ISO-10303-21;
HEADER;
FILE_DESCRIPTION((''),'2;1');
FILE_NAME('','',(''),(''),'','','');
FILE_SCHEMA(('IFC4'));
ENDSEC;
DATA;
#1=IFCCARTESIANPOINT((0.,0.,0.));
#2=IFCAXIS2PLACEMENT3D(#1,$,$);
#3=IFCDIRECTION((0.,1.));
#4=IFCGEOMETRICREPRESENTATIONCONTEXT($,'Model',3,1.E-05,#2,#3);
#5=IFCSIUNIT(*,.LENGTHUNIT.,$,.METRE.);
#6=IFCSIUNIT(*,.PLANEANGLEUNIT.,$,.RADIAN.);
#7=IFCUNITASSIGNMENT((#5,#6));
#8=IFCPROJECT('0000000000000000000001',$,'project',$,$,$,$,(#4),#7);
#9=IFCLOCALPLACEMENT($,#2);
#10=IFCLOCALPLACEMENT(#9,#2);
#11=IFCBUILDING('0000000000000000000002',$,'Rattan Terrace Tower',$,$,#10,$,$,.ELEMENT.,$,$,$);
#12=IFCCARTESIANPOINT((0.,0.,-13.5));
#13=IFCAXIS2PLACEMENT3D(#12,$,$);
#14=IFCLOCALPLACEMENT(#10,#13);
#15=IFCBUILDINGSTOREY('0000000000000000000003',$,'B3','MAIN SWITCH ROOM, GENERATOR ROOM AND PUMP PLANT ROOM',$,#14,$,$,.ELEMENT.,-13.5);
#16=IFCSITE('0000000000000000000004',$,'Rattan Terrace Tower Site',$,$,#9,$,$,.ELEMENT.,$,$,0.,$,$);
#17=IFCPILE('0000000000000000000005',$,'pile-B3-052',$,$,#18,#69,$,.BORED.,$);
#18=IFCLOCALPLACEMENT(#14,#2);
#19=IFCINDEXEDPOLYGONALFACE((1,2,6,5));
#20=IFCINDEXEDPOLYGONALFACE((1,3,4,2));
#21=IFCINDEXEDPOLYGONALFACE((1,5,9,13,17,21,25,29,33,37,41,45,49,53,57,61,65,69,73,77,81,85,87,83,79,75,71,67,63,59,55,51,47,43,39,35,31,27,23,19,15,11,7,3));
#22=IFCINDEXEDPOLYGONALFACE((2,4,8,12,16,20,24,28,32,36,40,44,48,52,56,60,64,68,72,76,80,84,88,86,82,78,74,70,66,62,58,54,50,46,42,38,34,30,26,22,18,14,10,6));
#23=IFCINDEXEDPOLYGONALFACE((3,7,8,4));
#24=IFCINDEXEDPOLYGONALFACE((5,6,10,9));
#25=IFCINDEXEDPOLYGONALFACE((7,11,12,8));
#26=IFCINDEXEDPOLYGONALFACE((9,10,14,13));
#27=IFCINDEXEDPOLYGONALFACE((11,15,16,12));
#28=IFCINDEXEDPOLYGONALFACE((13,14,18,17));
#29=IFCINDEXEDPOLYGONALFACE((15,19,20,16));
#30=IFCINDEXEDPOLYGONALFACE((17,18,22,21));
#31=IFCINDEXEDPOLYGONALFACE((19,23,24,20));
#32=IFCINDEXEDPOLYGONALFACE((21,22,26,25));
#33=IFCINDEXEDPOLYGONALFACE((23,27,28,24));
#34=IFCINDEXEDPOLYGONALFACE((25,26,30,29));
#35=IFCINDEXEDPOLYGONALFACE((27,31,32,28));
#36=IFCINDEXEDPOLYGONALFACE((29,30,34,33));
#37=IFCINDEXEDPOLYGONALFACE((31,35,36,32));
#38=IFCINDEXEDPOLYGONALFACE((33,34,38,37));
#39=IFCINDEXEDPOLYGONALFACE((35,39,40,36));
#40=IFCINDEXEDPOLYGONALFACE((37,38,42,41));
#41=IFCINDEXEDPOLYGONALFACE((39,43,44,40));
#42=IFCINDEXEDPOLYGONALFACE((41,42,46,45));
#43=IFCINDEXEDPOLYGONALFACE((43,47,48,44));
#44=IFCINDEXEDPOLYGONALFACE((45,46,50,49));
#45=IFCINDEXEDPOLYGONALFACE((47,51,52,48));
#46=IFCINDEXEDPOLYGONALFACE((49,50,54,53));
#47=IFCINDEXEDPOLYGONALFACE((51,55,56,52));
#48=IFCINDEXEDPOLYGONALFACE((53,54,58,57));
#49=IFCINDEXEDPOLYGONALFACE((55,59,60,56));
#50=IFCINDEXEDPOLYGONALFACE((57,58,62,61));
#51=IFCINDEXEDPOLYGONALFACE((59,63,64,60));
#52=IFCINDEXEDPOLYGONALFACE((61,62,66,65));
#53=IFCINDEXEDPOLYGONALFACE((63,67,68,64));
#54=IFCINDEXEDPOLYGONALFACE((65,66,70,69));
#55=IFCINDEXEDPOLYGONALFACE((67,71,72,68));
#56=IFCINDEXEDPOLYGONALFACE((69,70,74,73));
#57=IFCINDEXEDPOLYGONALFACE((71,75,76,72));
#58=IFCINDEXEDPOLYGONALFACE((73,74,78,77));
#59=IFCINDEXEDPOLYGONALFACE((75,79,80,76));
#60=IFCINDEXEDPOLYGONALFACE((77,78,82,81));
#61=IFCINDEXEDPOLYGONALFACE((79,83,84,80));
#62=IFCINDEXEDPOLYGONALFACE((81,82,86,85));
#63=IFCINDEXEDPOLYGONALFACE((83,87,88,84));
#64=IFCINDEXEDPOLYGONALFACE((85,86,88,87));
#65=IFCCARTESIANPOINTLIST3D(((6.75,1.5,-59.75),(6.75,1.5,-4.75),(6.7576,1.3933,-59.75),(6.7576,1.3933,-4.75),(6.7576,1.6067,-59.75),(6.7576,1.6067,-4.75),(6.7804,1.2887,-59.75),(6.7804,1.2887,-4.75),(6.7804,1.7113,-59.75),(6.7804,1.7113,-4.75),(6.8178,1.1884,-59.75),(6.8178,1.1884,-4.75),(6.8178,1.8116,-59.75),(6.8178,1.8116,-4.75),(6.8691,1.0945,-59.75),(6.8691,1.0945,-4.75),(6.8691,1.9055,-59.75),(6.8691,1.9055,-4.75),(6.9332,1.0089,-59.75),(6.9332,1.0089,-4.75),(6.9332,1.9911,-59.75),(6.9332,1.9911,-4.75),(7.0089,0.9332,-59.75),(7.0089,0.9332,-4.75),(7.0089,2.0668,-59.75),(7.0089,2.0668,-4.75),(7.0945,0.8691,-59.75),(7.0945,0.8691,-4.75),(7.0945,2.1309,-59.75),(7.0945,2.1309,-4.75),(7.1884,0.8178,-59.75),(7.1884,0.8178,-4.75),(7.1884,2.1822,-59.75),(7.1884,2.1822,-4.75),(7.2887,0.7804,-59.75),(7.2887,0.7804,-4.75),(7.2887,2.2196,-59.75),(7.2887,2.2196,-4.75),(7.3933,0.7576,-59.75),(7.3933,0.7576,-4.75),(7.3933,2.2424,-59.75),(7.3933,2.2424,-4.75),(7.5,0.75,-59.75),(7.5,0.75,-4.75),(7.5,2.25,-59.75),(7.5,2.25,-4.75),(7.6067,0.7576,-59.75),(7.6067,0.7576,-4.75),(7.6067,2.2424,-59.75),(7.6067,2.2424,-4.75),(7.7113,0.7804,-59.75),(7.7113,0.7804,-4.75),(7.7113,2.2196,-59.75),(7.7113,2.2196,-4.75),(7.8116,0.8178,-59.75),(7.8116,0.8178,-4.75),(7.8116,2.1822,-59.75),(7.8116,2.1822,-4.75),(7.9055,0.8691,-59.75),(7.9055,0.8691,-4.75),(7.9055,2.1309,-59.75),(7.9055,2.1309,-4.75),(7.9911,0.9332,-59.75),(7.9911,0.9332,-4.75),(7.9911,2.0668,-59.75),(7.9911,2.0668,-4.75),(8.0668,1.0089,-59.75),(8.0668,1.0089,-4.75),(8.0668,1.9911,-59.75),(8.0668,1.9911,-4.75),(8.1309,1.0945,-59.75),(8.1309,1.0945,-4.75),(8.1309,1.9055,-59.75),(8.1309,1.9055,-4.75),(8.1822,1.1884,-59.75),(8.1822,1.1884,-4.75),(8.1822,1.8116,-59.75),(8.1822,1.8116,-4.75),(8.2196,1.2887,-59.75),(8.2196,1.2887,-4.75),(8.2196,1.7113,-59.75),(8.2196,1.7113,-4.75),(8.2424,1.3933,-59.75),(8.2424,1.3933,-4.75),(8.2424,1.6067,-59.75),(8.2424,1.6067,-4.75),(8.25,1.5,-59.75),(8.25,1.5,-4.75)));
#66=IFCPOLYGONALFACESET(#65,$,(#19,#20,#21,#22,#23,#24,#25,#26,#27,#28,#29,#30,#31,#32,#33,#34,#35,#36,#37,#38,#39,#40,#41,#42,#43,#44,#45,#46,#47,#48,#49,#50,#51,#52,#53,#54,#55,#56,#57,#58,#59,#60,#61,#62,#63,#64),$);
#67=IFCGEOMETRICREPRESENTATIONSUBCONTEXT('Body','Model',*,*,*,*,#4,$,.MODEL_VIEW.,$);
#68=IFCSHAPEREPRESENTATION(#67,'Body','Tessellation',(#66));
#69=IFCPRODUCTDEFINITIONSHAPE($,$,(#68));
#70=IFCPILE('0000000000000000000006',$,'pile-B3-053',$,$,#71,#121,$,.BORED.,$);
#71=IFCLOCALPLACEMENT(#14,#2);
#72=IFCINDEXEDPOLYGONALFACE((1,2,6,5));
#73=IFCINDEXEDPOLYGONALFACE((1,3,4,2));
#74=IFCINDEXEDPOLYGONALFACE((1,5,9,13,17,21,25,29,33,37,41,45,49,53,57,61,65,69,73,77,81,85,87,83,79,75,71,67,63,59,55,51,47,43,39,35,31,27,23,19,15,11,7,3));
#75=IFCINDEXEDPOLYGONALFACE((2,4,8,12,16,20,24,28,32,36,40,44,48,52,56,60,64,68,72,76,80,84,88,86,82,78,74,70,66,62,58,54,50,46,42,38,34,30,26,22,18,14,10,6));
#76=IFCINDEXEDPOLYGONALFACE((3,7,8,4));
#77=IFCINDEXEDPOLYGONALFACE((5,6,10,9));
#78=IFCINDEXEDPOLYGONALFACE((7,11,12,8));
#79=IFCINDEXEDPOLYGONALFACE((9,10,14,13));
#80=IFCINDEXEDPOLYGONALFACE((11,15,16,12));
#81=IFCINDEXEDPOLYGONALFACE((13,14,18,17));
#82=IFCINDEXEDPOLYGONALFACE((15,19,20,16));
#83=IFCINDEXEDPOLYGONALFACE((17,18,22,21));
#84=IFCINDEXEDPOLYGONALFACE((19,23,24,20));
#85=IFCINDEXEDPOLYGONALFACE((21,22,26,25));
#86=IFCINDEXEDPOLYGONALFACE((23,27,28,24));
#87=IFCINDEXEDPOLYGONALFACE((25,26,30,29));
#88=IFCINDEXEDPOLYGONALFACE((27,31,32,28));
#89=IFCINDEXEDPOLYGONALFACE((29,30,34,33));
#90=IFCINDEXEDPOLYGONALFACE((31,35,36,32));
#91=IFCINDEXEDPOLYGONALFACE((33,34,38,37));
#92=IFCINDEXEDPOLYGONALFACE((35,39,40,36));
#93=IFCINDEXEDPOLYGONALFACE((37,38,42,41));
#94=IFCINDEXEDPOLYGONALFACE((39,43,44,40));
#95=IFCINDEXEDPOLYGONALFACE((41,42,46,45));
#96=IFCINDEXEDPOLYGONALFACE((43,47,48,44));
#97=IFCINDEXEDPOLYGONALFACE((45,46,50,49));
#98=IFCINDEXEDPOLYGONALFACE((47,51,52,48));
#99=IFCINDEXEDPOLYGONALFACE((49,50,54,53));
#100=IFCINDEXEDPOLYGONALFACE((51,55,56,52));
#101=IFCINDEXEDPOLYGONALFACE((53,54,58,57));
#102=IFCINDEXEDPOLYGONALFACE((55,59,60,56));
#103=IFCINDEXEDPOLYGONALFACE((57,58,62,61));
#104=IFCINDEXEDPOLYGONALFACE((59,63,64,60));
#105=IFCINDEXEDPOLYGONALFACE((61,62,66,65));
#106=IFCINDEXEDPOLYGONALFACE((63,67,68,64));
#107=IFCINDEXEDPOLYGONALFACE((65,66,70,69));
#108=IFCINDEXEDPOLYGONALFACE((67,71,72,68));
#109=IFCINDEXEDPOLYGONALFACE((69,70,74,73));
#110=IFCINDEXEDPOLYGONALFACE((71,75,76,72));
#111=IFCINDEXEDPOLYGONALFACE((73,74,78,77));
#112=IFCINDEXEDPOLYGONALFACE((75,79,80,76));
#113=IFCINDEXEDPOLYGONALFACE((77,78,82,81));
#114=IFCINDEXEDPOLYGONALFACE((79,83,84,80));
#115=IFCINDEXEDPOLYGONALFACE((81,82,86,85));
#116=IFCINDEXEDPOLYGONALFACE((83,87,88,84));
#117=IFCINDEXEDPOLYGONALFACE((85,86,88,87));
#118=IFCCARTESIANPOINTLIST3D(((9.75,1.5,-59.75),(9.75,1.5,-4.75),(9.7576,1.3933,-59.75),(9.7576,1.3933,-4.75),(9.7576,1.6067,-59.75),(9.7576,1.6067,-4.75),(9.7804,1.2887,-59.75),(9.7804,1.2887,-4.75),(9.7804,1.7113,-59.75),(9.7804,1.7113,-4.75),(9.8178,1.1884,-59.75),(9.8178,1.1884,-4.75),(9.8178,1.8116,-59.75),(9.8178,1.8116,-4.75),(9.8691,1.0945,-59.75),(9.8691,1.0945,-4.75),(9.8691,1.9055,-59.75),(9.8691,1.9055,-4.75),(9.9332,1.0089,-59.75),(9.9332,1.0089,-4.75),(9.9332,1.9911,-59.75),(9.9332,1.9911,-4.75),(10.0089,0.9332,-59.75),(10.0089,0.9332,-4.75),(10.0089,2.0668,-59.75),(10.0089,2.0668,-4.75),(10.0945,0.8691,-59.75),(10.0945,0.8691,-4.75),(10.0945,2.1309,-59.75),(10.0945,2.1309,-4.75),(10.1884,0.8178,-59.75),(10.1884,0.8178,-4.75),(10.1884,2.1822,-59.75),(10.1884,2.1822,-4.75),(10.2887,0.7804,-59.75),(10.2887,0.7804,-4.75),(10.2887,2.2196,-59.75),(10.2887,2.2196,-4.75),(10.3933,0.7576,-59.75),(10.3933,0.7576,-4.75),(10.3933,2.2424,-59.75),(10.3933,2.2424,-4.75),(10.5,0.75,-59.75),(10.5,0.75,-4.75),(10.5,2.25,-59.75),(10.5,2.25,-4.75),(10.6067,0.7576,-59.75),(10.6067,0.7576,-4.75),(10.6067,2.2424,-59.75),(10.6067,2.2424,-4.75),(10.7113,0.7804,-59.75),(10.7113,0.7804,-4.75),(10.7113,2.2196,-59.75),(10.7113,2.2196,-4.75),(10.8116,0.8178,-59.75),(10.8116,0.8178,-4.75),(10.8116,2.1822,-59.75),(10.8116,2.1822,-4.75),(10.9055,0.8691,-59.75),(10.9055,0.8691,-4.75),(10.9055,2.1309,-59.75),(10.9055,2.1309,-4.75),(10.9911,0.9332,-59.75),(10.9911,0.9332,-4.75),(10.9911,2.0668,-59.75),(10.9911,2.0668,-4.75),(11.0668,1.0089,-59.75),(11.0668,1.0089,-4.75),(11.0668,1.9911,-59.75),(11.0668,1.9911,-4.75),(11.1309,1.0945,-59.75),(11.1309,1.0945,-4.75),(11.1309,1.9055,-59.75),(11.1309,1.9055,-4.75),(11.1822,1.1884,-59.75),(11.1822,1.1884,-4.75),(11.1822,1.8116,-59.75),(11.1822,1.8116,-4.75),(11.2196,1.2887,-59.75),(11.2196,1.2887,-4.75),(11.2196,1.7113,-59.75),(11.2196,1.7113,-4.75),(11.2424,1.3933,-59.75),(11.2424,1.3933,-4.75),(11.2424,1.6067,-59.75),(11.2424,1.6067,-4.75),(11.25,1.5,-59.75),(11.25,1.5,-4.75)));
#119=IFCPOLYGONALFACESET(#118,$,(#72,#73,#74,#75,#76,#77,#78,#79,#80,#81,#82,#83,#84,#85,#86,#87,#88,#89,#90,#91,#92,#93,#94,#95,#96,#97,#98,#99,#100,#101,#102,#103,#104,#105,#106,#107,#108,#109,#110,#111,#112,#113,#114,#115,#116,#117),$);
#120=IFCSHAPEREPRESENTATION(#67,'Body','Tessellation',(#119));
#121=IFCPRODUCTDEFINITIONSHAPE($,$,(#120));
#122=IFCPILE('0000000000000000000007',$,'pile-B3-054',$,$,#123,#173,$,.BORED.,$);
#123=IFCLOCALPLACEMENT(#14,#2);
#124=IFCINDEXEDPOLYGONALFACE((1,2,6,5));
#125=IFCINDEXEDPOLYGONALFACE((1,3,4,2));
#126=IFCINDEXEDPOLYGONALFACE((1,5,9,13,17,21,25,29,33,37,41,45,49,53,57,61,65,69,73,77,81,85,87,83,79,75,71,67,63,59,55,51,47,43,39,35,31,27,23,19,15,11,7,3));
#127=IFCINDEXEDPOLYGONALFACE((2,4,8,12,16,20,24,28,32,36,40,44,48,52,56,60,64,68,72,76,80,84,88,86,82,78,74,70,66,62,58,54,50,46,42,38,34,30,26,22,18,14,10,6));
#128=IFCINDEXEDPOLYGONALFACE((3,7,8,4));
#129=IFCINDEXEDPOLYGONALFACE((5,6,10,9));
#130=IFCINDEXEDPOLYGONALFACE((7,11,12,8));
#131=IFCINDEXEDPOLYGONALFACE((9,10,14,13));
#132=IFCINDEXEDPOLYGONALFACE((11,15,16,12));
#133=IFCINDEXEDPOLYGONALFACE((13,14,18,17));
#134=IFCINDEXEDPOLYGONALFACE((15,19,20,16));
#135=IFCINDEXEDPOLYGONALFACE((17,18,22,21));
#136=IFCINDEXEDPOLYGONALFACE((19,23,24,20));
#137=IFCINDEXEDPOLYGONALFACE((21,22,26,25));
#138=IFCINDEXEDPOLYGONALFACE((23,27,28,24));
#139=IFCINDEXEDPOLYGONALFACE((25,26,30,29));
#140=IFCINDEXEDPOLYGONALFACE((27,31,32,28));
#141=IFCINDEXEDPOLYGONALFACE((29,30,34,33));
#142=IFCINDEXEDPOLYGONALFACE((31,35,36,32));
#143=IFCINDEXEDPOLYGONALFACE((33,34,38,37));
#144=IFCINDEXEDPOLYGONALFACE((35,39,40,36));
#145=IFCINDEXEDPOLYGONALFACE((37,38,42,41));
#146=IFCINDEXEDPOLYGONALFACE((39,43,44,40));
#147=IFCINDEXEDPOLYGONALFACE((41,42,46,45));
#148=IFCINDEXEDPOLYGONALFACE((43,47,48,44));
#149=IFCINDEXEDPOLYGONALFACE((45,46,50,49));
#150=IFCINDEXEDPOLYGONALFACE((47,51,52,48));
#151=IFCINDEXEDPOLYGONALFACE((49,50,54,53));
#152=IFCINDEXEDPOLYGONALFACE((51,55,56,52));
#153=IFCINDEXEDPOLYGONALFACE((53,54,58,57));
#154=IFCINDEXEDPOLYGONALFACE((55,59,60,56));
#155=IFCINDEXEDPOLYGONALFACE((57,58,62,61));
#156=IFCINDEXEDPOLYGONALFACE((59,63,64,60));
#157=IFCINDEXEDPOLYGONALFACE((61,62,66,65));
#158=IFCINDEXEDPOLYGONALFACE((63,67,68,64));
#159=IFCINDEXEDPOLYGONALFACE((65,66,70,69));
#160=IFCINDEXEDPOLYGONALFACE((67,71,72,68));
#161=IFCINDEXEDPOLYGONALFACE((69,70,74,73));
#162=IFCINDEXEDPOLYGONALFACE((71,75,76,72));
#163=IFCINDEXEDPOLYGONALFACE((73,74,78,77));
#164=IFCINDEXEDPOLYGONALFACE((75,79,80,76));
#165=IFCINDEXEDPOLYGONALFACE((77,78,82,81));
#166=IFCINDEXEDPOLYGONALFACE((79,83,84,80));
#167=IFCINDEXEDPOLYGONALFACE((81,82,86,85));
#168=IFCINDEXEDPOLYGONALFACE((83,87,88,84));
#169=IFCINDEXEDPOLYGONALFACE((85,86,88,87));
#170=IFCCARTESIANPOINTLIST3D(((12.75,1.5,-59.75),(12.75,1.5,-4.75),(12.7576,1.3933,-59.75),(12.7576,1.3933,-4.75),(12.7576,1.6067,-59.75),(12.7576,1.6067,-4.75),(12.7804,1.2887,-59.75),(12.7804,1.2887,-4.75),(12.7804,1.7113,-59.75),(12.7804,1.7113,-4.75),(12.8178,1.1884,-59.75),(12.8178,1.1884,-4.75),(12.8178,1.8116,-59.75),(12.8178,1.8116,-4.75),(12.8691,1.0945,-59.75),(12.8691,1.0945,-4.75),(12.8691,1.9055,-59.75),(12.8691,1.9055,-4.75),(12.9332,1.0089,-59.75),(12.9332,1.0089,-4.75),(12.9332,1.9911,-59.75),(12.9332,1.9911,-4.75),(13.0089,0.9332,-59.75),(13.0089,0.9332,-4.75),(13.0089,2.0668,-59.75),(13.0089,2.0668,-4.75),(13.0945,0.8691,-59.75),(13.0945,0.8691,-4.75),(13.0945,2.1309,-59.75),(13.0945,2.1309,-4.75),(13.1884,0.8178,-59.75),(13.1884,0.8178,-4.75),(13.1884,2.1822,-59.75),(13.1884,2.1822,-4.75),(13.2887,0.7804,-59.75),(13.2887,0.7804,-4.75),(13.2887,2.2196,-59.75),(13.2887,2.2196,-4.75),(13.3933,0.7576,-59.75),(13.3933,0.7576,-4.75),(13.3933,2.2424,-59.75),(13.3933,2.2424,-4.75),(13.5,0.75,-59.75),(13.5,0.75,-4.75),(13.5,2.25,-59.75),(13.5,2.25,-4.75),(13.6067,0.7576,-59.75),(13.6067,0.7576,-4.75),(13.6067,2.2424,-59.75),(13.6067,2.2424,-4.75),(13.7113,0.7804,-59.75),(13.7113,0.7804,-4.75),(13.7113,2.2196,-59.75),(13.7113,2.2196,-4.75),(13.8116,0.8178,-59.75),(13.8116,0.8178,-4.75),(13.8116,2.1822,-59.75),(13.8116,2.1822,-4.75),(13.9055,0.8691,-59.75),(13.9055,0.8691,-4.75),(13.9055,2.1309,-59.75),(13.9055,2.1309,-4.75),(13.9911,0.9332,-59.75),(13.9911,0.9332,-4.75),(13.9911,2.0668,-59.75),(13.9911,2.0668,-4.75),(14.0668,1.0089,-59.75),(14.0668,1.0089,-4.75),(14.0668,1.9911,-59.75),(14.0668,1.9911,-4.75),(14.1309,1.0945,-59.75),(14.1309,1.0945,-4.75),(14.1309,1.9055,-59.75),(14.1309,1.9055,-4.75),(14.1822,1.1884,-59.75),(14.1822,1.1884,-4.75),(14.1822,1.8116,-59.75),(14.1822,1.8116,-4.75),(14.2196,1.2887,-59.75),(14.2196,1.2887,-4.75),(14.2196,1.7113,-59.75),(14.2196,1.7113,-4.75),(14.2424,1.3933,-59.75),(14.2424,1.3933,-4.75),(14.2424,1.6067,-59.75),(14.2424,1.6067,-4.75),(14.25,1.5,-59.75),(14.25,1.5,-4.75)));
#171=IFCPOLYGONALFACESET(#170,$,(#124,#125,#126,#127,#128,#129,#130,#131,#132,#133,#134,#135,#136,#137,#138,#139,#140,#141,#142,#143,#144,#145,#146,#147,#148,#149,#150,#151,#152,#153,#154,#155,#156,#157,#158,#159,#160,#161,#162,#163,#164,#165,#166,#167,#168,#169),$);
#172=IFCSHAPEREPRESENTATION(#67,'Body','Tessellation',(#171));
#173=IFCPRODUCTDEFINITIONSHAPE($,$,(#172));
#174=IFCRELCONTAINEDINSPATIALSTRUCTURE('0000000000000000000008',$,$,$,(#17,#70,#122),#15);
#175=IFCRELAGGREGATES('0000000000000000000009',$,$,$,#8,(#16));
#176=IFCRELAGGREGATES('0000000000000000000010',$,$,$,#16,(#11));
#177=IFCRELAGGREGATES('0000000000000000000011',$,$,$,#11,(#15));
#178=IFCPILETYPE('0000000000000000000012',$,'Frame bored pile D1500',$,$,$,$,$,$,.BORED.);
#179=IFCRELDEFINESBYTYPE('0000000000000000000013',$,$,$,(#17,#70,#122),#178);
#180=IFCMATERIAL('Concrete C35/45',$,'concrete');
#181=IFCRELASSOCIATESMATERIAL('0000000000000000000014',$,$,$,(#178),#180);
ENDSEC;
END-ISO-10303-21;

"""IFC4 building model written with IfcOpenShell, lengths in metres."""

from ifc_helpers import new_model, si_unit, direction, frame, origin, origin_2d, place, context, subcontext, project, spatial, circle, extrude, material, material_profile, profile_set, type_object, element, save


model = new_model("IFC4")

# Units and contexts
model_context = context("Model", 3, precision=1e-05, world=origin(), true_north=direction((0.0, 1.0)))
body_context = subcontext(model_context, "Body", "Model", "MODEL_VIEW")
ifc_project = project(units=[si_unit("LENGTHUNIT", "METRE"), si_unit("PLANEANGLEUNIT", "RADIAN")], contexts=[model_context])

# Site, building, storey
site_placement = place(None, origin())
site = spatial("IfcSite", under=ifc_project, at=site_placement, Name="Rattan Terrace Tower Site", CompositionType="ELEMENT", RefElevation=0.0)
building_placement = place(site_placement, origin())
building = spatial("IfcBuilding", under=site, at=building_placement, Name="Rattan Terrace Tower", CompositionType="ELEMENT")
storey_placement = place(building_placement, frame((0.0, 0.0, -13.5)))
storey = spatial("IfcBuildingStorey", under=building, at=storey_placement, Name="B3", Description="MAIN SWITCH ROOM, GENERATOR ROOM AND PUMP PLANT ROOM", CompositionType="ELEMENT", Elevation=-13.5)

# Piles
ifc_material_1 = material(Name="Concrete C35/45", Category="concrete")
ifc_material_profile_1 = material_profile(ifc_material_1, circle(Radius=0.75, at=origin_2d()), Name="PILE D1500")
ifc_profile_set_1 = profile_set([ifc_material_profile_1], Name="Concrete C35/45")
pile_type = type_object("IfcPileType", Name="Frame bored pile D1500", PredefinedType="BORED", material=ifc_profile_set_1)
for number, where, z_axis, x_axis, name in (
    (1, (7.5, 1.5, -4.75), (0.0, 0.0, -1.0), (1.0, 0.0, 0.0), "pile-B3-052"),
    (2, (10.5, 1.5, -4.75), (0.0, 0.0, -1.0), (1.0, 0.0, 0.0), "pile-B3-053"),
    (3, (13.5, 1.5, -4.75), (0.0, 0.0, -1.0), (1.0, 0.0, 0.0), "pile-B3-054"),
):
    element("IfcPile", number, at=place(storey_placement, frame(where, z_axis=z_axis, x_axis=x_axis)), inside=storey, type_object=pile_type, Name=name, PredefinedType="BORED", context=body_context, shape_type="SweptSolid", body=[
        extrude(circle(Radius=0.75, at=origin_2d()), origin(), (0.0, 0.0, 1.0), 55.0),
    ])

save(model, "model.ifc")
